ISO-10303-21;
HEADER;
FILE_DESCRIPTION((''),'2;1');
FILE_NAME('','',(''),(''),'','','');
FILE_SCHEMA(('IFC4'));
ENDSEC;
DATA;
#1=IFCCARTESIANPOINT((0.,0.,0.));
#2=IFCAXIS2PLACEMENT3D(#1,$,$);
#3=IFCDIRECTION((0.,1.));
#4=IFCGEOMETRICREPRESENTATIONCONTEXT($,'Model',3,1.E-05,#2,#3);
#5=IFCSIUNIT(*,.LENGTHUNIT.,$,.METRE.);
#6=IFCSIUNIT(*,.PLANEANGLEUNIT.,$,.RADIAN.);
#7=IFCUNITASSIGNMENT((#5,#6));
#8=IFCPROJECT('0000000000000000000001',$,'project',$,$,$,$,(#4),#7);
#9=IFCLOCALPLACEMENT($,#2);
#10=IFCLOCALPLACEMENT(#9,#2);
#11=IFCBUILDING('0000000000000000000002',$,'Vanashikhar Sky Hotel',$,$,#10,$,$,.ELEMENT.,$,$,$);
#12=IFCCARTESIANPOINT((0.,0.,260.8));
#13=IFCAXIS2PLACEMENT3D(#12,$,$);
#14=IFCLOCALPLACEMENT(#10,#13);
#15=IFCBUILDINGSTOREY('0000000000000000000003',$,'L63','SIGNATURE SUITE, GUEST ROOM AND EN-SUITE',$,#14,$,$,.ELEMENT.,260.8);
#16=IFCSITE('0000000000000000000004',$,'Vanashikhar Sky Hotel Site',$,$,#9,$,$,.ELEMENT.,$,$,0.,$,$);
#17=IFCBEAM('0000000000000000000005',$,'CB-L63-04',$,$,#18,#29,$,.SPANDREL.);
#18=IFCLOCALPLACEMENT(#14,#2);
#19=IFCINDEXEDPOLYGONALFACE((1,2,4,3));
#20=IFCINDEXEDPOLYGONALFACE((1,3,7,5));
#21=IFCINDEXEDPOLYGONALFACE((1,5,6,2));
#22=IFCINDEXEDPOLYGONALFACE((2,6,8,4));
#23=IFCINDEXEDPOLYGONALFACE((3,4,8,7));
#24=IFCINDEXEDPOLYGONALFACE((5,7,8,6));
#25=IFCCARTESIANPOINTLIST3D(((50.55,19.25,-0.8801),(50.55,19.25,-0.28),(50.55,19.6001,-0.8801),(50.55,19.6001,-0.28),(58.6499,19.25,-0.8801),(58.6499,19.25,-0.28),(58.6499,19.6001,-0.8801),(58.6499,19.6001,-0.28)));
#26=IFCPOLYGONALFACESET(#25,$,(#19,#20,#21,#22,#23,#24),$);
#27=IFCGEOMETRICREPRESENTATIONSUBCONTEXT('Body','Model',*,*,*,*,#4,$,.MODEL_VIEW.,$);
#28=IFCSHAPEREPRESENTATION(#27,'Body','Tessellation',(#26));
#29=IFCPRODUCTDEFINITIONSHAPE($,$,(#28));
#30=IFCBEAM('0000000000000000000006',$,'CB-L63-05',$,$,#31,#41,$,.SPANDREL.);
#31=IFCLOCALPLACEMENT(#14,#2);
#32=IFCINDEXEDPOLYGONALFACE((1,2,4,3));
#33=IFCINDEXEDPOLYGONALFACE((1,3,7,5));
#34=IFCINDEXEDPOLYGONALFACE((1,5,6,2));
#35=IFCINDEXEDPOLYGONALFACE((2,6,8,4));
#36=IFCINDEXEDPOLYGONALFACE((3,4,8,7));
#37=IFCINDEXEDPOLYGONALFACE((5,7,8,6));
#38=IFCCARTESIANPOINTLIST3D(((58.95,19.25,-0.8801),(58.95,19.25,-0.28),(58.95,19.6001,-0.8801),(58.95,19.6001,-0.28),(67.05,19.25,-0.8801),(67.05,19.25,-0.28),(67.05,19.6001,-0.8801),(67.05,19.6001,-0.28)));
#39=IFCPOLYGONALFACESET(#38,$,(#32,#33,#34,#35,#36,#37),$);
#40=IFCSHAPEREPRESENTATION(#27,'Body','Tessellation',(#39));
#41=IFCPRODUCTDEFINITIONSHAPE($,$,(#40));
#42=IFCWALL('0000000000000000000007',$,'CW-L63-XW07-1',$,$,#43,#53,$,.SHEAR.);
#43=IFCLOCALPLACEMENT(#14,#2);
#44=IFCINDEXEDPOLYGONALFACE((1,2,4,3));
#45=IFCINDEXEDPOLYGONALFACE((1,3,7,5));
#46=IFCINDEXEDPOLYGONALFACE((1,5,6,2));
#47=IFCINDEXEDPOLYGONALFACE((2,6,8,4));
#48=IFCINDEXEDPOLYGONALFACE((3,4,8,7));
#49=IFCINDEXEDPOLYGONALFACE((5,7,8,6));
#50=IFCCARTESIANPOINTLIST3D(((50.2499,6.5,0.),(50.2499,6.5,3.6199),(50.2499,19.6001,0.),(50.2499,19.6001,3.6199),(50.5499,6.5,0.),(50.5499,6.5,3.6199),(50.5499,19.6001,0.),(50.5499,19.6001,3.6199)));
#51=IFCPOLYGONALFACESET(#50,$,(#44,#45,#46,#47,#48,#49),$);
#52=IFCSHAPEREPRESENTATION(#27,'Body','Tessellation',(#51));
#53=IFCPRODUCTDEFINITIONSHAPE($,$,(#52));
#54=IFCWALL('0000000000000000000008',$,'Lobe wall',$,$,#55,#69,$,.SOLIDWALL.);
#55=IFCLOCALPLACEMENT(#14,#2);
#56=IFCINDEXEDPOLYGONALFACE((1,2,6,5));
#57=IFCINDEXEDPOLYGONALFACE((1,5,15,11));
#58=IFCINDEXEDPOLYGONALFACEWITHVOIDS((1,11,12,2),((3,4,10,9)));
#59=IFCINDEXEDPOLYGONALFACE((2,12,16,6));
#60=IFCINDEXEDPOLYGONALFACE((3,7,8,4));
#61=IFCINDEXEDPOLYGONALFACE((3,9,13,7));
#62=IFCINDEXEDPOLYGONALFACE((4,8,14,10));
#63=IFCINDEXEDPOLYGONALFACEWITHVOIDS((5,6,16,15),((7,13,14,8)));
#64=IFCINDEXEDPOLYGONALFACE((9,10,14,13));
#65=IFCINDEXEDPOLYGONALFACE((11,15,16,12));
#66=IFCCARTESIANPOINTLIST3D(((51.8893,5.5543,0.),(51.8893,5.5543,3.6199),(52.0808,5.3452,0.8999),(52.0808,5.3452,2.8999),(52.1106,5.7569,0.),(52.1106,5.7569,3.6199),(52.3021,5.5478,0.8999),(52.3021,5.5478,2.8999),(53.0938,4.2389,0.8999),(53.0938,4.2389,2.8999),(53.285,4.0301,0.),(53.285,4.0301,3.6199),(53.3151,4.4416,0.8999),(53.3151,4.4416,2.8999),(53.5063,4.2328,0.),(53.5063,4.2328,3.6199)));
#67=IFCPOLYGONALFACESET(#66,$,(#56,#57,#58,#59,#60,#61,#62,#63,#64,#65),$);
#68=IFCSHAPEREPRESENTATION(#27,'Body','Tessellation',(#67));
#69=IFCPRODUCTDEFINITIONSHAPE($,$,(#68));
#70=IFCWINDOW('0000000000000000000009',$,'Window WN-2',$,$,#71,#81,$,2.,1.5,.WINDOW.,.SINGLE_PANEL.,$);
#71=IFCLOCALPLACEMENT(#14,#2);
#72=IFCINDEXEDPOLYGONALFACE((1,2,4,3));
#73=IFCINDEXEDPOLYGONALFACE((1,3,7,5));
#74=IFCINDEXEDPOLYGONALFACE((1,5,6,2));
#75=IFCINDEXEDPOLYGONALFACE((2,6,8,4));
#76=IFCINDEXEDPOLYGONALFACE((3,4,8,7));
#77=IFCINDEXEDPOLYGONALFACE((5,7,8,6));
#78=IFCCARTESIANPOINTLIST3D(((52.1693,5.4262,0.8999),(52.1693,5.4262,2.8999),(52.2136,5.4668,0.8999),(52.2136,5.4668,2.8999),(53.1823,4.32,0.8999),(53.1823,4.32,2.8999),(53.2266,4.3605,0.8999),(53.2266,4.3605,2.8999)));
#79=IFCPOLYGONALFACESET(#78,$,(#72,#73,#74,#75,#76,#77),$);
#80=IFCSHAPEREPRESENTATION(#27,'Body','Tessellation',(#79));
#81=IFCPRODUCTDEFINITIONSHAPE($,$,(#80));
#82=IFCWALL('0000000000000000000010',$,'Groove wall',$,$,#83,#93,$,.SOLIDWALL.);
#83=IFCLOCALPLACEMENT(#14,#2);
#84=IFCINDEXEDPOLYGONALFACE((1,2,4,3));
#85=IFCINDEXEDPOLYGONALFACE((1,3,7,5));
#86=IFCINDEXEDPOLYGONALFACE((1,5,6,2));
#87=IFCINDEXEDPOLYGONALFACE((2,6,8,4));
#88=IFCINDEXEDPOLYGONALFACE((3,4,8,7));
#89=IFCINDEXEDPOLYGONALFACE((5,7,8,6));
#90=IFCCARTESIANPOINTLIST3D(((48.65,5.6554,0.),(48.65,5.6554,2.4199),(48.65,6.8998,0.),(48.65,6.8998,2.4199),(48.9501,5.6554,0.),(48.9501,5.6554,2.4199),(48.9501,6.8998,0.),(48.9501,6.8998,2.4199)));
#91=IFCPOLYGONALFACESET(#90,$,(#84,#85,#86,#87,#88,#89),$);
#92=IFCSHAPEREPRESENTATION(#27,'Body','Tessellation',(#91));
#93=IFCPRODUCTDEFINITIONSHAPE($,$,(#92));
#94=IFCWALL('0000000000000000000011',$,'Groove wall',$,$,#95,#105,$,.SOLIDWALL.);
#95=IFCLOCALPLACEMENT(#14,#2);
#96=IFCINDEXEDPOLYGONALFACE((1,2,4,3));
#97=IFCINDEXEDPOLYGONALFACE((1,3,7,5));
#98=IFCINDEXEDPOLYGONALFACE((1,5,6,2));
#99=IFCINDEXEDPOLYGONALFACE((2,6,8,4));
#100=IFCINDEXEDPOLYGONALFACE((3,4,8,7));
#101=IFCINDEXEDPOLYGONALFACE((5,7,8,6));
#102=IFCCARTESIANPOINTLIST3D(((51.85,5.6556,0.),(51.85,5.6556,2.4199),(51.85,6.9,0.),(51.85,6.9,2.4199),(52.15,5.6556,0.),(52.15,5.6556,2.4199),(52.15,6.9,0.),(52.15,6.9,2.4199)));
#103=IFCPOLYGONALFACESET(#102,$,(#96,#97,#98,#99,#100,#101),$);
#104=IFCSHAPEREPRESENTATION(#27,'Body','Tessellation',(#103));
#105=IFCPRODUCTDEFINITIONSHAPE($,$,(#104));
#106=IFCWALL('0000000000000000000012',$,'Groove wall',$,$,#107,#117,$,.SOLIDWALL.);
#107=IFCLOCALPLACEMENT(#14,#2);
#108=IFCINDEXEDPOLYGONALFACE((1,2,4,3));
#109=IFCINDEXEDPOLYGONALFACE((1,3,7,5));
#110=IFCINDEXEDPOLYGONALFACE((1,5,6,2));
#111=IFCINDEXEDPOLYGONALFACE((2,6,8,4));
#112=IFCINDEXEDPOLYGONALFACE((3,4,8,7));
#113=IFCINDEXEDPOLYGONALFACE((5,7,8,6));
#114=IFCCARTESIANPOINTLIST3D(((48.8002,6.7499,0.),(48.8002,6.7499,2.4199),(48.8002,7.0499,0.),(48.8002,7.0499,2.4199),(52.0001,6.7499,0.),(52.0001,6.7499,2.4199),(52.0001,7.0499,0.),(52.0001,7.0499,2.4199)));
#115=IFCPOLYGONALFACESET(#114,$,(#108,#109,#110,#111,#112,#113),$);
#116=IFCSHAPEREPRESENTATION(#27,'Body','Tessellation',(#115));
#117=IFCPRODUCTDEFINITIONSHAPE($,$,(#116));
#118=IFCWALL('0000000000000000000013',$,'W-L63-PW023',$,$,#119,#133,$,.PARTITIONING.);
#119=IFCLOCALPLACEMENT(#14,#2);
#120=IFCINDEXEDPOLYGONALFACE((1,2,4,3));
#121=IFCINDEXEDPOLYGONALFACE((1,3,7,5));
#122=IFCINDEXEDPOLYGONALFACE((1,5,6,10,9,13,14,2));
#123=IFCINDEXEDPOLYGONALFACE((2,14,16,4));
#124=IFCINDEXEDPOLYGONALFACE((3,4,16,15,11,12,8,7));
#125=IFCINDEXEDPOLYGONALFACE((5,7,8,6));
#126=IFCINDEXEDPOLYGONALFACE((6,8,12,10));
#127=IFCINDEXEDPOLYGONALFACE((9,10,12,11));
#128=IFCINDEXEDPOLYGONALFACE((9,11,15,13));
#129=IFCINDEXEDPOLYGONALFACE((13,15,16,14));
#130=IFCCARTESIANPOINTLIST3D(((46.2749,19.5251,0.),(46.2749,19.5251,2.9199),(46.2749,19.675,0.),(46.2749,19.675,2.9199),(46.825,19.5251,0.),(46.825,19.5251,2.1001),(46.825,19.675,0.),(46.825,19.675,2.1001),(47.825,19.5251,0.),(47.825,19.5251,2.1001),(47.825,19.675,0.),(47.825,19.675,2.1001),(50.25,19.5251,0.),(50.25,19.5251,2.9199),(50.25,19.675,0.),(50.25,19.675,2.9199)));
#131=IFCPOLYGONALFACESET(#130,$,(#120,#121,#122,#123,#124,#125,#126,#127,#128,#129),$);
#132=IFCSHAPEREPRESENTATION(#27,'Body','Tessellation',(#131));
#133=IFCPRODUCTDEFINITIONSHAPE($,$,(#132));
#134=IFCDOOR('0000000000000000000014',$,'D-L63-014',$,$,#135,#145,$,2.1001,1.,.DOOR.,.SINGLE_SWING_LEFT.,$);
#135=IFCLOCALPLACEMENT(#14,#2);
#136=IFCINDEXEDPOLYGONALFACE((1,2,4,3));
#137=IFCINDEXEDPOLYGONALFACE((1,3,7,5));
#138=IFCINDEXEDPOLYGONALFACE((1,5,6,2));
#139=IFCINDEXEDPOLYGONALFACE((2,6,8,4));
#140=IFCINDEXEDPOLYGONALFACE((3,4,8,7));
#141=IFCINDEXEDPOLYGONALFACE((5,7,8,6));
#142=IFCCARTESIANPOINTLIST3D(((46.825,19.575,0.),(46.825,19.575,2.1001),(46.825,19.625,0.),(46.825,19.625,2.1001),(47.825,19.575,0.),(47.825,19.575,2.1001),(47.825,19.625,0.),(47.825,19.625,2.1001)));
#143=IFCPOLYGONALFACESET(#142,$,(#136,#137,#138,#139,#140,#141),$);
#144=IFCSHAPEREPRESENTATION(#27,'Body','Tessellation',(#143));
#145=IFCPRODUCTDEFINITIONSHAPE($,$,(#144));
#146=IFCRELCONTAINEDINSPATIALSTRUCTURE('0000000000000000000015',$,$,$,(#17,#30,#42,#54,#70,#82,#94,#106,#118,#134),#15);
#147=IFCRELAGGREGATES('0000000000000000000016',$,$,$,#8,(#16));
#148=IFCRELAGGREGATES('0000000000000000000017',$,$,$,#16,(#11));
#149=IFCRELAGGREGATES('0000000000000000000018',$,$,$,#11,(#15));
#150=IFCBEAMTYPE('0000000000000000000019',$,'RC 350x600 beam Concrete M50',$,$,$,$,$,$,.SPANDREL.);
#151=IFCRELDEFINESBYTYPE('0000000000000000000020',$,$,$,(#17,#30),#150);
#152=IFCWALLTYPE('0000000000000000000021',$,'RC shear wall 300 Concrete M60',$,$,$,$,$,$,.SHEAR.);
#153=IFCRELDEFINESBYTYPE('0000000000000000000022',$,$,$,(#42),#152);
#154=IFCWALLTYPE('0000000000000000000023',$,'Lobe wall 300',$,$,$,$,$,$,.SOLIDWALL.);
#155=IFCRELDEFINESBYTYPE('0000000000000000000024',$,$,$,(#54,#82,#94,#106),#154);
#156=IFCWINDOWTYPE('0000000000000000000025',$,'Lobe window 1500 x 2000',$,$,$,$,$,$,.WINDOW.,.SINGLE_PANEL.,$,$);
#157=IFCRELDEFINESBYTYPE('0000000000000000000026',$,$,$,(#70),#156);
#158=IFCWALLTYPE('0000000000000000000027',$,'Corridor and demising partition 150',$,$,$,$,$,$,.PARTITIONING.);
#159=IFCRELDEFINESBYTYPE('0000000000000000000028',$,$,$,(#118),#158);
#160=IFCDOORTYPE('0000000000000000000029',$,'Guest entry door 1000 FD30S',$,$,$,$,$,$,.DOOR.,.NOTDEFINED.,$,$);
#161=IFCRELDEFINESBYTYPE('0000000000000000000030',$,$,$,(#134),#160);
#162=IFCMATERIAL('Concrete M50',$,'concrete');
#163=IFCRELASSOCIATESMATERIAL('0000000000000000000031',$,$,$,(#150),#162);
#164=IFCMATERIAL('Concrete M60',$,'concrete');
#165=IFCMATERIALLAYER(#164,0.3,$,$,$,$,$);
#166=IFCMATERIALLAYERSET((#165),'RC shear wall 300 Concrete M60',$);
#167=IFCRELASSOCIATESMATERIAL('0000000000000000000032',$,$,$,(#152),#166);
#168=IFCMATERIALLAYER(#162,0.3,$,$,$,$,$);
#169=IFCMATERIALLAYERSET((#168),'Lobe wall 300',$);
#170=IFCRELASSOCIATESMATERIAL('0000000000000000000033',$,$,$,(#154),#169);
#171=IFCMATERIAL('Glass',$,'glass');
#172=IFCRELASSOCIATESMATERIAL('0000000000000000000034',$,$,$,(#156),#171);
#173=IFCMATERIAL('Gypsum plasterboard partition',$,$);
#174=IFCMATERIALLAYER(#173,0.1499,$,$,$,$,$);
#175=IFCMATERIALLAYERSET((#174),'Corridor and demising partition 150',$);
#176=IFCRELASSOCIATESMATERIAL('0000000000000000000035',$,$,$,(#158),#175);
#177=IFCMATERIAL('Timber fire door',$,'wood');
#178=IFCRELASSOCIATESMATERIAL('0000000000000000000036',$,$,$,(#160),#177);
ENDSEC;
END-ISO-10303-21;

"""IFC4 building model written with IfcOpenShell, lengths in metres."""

from ifc_helpers import new_model, si_unit, direction, frame, frame_2d, origin, origin_2d, place, context, subcontext, project, spatial, rectangle, extrude, source, transform, mapped, material, layer, layer_set, material_profile, profile_set, type_object, element, fill, save


model = new_model("IFC4")

# Units and contexts
model_context = context("Model", 3, precision=1e-05, world=origin(), true_north=direction((0.0, 1.0)))
body_context = subcontext(model_context, "Body", "Model", "MODEL_VIEW")
ifc_project = project(units=[si_unit("LENGTHUNIT", "METRE"), si_unit("PLANEANGLEUNIT", "RADIAN")], contexts=[model_context])

# Site, building, storey
site_placement = place(None, origin())
site = spatial("IfcSite", under=ifc_project, at=site_placement, Name="Vanashikhar Sky Hotel Site", CompositionType="ELEMENT", RefElevation=0.0)
building_placement = place(site_placement, origin())
building = spatial("IfcBuilding", under=site, at=building_placement, Name="Vanashikhar Sky Hotel", CompositionType="ELEMENT")
storey_placement = place(building_placement, frame((0.0, 0.0, 260.8)))
storey = spatial("IfcBuildingStorey", under=building, at=storey_placement, Name="L63", Description="SIGNATURE SUITE, GUEST ROOM AND EN-SUITE", CompositionType="ELEMENT", Elevation=260.8)

# Beams
ifc_material_1 = material(Name="Concrete M50", Category="concrete")
ifc_material_profile = material_profile(ifc_material_1, rectangle(XDim=0.3501, YDim=0.6001, at=origin_2d()))
ifc_profile_set = profile_set([ifc_material_profile], Name="RC 350x600 beam Concrete M50")
beam_type = type_object("IfcBeamType", Name="RC 350x600 beam Concrete M50", PredefinedType="SPANDREL", material=ifc_profile_set)
shared_shape_1 = source(origin(), body_context, "Body", "SweptSolid", [
    extrude(rectangle(XDim=0.3501, YDim=0.6001, at=origin_2d()), origin(), (0.0, 0.0, 1.0), 8.0999),
])
beam_1_placement = place(storey_placement, frame((50.55, 19.425, -0.5801), z_axis=(1.0, 0.0, 0.0), x_axis=(0.0, 1.0, 0.0)))
element("IfcBeam", 1, at=beam_1_placement, inside=storey, type_object=beam_type, Name="CB-L63-04", PredefinedType="SPANDREL", context=body_context, shape_type="MappedRepresentation", body=[
    mapped(shared_shape_1, transform((0.0, 0.0, 0.0), scale=1.0)),
])
shared_shape_2 = source(origin(), body_context, "Body", "SweptSolid", [
    extrude(rectangle(XDim=0.3501, YDim=0.6001, at=origin_2d()), origin(), (0.0, 0.0, 1.0), 8.1001),
])
beam_2_placement = place(storey_placement, frame((58.95, 19.425, -0.5801), z_axis=(1.0, 0.0, 0.0), x_axis=(0.0, 1.0, 0.0)))
element("IfcBeam", 2, at=beam_2_placement, inside=storey, type_object=beam_type, Name="CB-L63-05", PredefinedType="SPANDREL", context=body_context, shape_type="MappedRepresentation", body=[
    mapped(shared_shape_2, transform((0.0, 0.0, 0.0), scale=1.0)),
])

# Wall
ifc_material_2 = material(Name="Concrete M60", Category="concrete")
ifc_layer_1 = layer(ifc_material_2, 0.3)
ifc_layer_set_1 = layer_set([ifc_layer_1], Name="RC shear wall 300 Concrete M60")
wall_type_1 = type_object("IfcWallType", Name="RC shear wall 300 Concrete M60", PredefinedType="SHEAR", material=ifc_layer_set_1)
shared_shape_3 = source(origin(), body_context, "Body", "SweptSolid", [
    extrude(rectangle(XDim=13.1001, YDim=0.3, at=frame_2d((6.55, 0.0))), origin(), (0.0, 0.0, 1.0), 3.6199),
])
wall_1_placement = place(storey_placement, frame((50.3999, 6.5, 0.0), z_axis=(0.0, 0.0, 1.0), x_axis=(0.0, 1.0, 0.0)))
element("IfcWall", 3, at=wall_1_placement, inside=storey, type_object=wall_type_1, Name="CW-L63-XW07-1", PredefinedType="SHEAR", context=body_context, shape_type="MappedRepresentation", body=[
    mapped(shared_shape_3, transform((0.0, 0.0, 0.0), scale=1.0)),
])

# Wall, opening, window
ifc_layer_2 = layer(ifc_material_1, 0.3)
ifc_layer_set_2 = layer_set([ifc_layer_2], Name="Lobe wall 300")
wall_type_2 = type_object("IfcWallType", Name="Lobe wall 300", PredefinedType="SOLIDWALL", material=ifc_layer_set_2)
shared_shape_4 = source(origin(), body_context, "Body", "SweptSolid", [
    extrude(rectangle(XDim=2.0667, YDim=0.3, at=frame_2d((1.0332, 0.0))), origin(), (0.0, 0.0, 1.0), 3.6199),
])
wall_2_placement = place(storey_placement, frame((52.0, 5.6555, 0.0), z_axis=(0.0, 0.0, 1.0), x_axis=(0.675355, -0.737492, 0.0)))
wall_2 = element("IfcWall", 4, at=wall_2_placement, inside=storey, type_object=wall_type_2, Name="Lobe wall", PredefinedType="SOLIDWALL", context=body_context, shape_type="MappedRepresentation", body=[
    mapped(shared_shape_4, transform((0.0, 0.0, 0.0), scale=1.0)),
])
shared_shape_5 = source(origin(), body_context, "Body", "SweptSolid", [
    extrude(rectangle(XDim=1.5, YDim=2.0, at=frame_2d((0.75, 1.0))), frame((0.0, 0.1602, 0.0), z_axis=(0.0, -1.0, 0.0), x_axis=(1.0, 0.0, 0.0)), (0.0, 0.0, 1.0), 0.3201),
])
opening_1_placement = place(wall_2_placement, frame((0.2834, 0.0, 0.8999)))
opening_1 = element("IfcOpeningElement", 5, at=opening_1_placement, cuts=wall_2, PredefinedType="OPENING", context=body_context, shape_type="MappedRepresentation", body=[
    mapped(shared_shape_5, transform((0.0, 0.0, 0.0), scale=1.0)),
])
ifc_material_3 = material(Name="Glass", Category="glass")
window_type = type_object("IfcWindowType", Name="Lobe window 1500 x 2000", PartitioningType="SINGLE_PANEL", PredefinedType="WINDOW", material=ifc_material_3)
shared_shape_6 = source(origin(), body_context, "Body", "SweptSolid", [
    extrude(rectangle(XDim=1.5, YDim=2.0, at=frame_2d((0.75, 1.0))), frame((0.0, 0.03, 0.0), z_axis=(0.0, -1.0, 0.0), x_axis=(1.0, 0.0, 0.0)), (0.0, 0.0, 1.0), 0.0601),
])
window_placement = place(opening_1_placement, origin())
window = element("IfcWindow", 6, at=window_placement, inside=storey, type_object=window_type, Name="Window WN-2", OverallHeight=2.0, OverallWidth=1.5, PartitioningType="SINGLE_PANEL", PredefinedType="WINDOW", context=body_context, shape_type="MappedRepresentation", body=[
    mapped(shared_shape_6, transform((0.0, 0.0, 0.0), scale=1.0)),
])
fill(opening_1, window)

# Walls
shared_shape_7 = source(origin(), body_context, "Body", "SweptSolid", [
    extrude(rectangle(XDim=1.2444, YDim=0.3, at=frame_2d((0.6221, 0.0))), origin(), (0.0, 0.0, 1.0), 2.4199),
])
for number, where, z_axis, x_axis, name in (
    (7, (48.8, 5.6555, 0.0), (0.0, 0.0, 1.0), (0.0, 1.0, 0.0), "Groove wall"),
    (8, (52.0, 6.8999, 0.0), (0.0, 0.0, 1.0), (0.0, -1.0, 0.0), "Groove wall"),
):
    element("IfcWall", number, at=place(storey_placement, frame(where, z_axis=z_axis, x_axis=x_axis)), inside=storey, type_object=wall_type_2, Name=name, PredefinedType="SOLIDWALL", context=body_context, shape_type="MappedRepresentation", body=[
        mapped(shared_shape_7, transform((0.0, 0.0, 0.0), scale=1.0)),
    ])
shared_shape_8 = source(origin(), body_context, "Body", "SweptSolid", [
    extrude(rectangle(XDim=3.2, YDim=0.3, at=frame_2d((1.6001, 0.0))), origin(), (0.0, 0.0, 1.0), 2.4199),
])
wall_3_placement = place(storey_placement, frame((48.8, 6.8999, 0.0), z_axis=(0.0, 0.0, 1.0), x_axis=(1.0, 0.0, 0.0)))
element("IfcWall", 9, at=wall_3_placement, inside=storey, type_object=wall_type_2, Name="Groove wall", PredefinedType="SOLIDWALL", context=body_context, shape_type="MappedRepresentation", body=[
    mapped(shared_shape_8, transform((0.0, 0.0, 0.0), scale=1.0)),
])

# Wall, opening, door
ifc_material_4 = material(Name="Gypsum plasterboard partition")
ifc_layer_3 = layer(ifc_material_4, 0.1499)
ifc_layer_set_3 = layer_set([ifc_layer_3], Name="Corridor and demising partition 150")
wall_type_3 = type_object("IfcWallType", Name="Corridor and demising partition 150", PredefinedType="PARTITIONING", material=ifc_layer_set_3)
shared_shape_9 = source(origin(), body_context, "Body", "SweptSolid", [
    extrude(rectangle(XDim=3.9751, YDim=0.1499, at=frame_2d((1.9875, 0.0))), origin(), (0.0, 0.0, 1.0), 2.9199),
])
wall_4_placement = place(storey_placement, frame((46.2749, 19.6001, 0.0), z_axis=(0.0, 0.0, 1.0), x_axis=(1.0, 0.0, 0.0)))
wall_4 = element("IfcWall", 10, at=wall_4_placement, inside=storey, type_object=wall_type_3, Name="W-L63-PW023", PredefinedType="PARTITIONING", context=body_context, shape_type="MappedRepresentation", body=[
    mapped(shared_shape_9, transform((0.0, 0.0, 0.0), scale=1.0)),
])
shared_shape_10 = source(origin(), body_context, "Body", "SweptSolid", [
    extrude(rectangle(XDim=1.0, YDim=2.1001, at=frame_2d((0.5, 1.05))), frame((0.0, 0.085, 0.0), z_axis=(0.0, -1.0, 0.0), x_axis=(1.0, 0.0, 0.0)), (0.0, 0.0, 1.0), 0.1699),
])
opening_2_placement = place(wall_4_placement, frame((0.55, 0.0, 0.0)))
opening_2 = element("IfcOpeningElement", 11, at=opening_2_placement, cuts=wall_4, PredefinedType="OPENING", context=body_context, shape_type="MappedRepresentation", body=[
    mapped(shared_shape_10, transform((0.0, 0.0, 0.0), scale=1.0)),
])
ifc_material_5 = material(Name="Timber fire door", Category="wood")
door_type_1 = type_object("IfcDoorType", Name="Guest entry door 1000 FD30S", OperationType="NOTDEFINED", PredefinedType="DOOR", material=ifc_material_5)
shared_shape_11 = source(origin(), body_context, "Body", "SweptSolid", [
    extrude(rectangle(XDim=1.0, YDim=2.1001, at=frame_2d((0.5, 1.05))), frame((0.0, 0.0249, 0.0), z_axis=(0.0, -1.0, 0.0), x_axis=(1.0, 0.0, 0.0)), (0.0, 0.0, 1.0), 0.05),
])
door_1_placement = place(opening_2_placement, origin())
door_1 = element("IfcDoor", 12, at=door_1_placement, inside=storey, type_object=door_type_1, Name="D-L63-014", OperationType="SINGLE_SWING_LEFT", OverallHeight=2.1001, OverallWidth=1.0, PredefinedType="DOOR", context=body_context, shape_type="MappedRepresentation", body=[
    mapped(shared_shape_11, transform((0.0, 0.0, 0.0), scale=1.0)),
])
fill(opening_2, door_1)

save(model, "model.ifc")
